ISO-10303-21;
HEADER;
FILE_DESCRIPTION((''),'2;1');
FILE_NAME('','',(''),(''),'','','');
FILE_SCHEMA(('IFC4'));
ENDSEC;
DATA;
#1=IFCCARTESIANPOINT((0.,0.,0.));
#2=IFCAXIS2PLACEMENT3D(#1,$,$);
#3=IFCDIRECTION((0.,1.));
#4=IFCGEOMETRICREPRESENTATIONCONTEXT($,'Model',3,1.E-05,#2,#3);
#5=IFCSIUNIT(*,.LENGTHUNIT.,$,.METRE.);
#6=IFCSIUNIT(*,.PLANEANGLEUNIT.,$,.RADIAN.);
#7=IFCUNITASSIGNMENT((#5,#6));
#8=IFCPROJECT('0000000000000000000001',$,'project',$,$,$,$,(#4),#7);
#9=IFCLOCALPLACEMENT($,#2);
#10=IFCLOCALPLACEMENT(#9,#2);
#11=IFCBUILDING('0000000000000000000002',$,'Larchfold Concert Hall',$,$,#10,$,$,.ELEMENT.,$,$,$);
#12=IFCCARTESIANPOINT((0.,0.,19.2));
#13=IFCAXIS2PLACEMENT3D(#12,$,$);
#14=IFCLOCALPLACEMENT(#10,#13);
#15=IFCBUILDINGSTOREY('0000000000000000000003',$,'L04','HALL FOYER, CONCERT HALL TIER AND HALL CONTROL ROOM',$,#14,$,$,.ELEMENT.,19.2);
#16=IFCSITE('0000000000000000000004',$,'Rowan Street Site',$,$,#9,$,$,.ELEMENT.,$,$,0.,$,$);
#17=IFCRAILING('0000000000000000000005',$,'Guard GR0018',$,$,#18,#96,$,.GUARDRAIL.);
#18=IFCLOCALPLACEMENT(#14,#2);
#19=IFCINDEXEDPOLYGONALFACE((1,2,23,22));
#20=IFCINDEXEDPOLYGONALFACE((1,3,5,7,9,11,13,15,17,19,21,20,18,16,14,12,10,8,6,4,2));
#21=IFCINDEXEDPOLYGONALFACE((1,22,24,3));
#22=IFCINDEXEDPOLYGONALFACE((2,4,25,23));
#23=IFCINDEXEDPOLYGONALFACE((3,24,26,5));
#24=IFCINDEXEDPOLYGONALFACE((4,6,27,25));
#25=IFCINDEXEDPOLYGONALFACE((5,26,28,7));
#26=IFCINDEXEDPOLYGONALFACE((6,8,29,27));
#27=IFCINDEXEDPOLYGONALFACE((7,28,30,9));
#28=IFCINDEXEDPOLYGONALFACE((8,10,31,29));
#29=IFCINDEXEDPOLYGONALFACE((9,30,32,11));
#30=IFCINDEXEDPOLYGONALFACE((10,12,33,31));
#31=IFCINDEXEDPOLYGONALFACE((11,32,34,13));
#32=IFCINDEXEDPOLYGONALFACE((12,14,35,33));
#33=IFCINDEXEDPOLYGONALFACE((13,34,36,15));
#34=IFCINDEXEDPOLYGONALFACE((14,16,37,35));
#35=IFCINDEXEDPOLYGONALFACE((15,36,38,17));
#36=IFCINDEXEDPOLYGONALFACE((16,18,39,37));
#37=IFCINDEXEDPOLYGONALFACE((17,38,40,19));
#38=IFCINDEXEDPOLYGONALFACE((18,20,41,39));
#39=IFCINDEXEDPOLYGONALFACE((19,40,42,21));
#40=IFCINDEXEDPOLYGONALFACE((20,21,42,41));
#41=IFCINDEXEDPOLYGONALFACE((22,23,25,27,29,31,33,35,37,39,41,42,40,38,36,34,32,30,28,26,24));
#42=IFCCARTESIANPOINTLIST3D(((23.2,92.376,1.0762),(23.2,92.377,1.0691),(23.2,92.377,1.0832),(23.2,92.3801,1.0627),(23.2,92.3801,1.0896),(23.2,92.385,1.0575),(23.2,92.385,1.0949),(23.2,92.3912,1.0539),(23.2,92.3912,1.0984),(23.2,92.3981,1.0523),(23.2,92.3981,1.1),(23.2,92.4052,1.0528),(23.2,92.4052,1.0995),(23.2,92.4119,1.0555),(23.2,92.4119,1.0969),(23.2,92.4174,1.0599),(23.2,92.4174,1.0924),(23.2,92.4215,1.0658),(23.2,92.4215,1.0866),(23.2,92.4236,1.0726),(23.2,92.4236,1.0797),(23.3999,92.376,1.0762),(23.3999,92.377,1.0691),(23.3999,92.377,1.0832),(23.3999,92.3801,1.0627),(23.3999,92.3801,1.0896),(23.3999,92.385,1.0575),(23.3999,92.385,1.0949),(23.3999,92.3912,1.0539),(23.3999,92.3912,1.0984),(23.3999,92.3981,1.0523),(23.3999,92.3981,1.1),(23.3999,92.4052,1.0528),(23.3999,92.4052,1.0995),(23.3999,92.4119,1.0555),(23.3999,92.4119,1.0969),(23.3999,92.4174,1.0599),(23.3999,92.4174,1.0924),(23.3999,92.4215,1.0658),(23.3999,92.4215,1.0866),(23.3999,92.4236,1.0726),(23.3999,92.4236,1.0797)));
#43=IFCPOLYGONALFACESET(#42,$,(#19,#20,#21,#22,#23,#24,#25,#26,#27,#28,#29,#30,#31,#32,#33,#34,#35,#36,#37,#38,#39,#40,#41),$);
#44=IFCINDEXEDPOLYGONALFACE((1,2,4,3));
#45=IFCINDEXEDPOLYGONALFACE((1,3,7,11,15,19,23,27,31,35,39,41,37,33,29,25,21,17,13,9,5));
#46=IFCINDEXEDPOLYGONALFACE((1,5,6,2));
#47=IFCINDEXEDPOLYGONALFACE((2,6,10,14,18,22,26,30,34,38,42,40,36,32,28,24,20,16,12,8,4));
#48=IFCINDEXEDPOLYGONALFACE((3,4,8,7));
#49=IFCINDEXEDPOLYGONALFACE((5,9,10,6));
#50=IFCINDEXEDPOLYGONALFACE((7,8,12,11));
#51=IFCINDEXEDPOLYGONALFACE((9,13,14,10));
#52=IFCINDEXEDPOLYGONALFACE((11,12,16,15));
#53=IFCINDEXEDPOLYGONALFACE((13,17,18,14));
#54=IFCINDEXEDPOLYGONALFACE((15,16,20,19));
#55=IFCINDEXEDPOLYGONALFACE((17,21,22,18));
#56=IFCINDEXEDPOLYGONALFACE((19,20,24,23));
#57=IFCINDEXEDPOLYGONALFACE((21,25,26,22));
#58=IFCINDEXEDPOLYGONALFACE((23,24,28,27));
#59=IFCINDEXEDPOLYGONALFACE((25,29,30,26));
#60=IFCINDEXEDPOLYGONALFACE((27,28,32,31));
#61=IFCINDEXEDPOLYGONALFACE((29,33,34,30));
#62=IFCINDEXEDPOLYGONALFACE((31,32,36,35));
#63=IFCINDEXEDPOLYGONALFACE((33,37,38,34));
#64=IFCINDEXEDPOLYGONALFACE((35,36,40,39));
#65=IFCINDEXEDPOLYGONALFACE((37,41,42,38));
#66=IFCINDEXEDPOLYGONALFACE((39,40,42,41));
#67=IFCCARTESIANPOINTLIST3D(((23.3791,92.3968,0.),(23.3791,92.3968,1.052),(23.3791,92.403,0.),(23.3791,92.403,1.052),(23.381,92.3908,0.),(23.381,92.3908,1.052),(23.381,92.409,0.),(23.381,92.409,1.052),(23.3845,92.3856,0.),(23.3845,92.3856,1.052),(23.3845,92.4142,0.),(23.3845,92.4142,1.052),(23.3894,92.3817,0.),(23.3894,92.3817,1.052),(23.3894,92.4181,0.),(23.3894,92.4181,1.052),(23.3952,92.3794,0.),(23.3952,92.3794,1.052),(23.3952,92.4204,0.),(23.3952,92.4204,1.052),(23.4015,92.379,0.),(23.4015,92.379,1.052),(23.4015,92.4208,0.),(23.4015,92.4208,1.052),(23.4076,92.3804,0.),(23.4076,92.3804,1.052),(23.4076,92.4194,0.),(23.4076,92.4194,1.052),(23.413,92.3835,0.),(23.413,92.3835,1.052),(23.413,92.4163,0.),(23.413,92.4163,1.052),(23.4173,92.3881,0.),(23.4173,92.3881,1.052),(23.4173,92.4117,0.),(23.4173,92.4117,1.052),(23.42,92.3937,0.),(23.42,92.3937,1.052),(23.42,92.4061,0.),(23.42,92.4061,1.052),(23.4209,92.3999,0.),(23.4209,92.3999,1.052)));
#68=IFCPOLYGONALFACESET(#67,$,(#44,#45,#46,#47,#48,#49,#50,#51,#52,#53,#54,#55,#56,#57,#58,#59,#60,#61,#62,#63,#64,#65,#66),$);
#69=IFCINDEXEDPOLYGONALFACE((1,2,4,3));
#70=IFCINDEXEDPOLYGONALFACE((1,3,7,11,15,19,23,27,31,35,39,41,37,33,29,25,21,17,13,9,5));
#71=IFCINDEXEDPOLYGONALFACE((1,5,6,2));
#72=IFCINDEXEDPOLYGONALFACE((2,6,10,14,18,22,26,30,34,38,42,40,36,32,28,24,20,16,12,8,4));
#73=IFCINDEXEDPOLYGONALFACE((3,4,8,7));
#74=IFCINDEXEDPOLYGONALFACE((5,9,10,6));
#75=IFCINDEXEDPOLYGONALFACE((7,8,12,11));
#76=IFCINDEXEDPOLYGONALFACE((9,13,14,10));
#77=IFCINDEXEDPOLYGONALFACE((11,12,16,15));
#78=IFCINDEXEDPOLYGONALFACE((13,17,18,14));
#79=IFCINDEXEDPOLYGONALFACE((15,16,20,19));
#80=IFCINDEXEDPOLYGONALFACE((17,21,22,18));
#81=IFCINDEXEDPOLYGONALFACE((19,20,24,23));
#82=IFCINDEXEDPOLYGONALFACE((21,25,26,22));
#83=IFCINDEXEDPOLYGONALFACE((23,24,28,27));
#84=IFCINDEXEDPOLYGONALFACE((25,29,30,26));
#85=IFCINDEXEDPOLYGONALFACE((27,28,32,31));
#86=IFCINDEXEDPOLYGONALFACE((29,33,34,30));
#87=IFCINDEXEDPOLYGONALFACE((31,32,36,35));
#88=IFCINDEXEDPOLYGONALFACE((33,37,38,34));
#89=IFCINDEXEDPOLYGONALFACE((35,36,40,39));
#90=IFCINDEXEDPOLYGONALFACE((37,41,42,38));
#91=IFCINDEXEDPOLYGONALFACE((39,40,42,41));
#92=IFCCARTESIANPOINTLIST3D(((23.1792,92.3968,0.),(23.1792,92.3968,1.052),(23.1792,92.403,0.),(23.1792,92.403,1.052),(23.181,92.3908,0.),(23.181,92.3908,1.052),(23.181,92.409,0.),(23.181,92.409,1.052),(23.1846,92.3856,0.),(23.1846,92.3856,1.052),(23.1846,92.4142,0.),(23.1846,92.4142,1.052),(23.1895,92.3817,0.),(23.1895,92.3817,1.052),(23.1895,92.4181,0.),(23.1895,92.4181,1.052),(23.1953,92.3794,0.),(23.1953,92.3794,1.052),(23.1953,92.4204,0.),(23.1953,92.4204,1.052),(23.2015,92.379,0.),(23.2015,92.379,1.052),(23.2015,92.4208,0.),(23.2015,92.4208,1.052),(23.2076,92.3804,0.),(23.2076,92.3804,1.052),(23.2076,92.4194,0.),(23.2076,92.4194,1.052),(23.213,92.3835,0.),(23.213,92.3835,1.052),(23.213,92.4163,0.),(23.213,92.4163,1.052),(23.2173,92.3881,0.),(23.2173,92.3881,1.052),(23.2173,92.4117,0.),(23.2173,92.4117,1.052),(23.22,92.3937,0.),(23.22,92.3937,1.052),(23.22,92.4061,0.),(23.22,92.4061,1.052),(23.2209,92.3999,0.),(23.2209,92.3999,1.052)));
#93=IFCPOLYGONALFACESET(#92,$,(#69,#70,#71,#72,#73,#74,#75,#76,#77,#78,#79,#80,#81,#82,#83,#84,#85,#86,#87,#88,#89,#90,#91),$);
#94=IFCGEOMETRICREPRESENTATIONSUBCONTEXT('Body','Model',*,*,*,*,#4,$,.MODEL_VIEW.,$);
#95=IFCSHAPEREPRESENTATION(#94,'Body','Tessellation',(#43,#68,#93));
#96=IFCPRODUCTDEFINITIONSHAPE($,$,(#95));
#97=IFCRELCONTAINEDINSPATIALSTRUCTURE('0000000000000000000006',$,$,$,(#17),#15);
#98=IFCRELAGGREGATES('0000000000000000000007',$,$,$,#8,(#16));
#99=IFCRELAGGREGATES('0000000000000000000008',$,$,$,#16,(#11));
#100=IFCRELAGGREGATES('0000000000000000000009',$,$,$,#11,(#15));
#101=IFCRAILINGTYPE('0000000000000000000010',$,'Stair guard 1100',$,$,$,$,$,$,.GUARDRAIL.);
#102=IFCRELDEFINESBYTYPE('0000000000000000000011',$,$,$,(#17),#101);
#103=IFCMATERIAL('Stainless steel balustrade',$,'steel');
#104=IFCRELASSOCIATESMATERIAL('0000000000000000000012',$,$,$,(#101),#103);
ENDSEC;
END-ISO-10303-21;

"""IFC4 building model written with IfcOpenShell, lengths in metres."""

from ifc_helpers import new_model, si_unit, direction, frame, origin, origin_2d, place, context, subcontext, project, spatial, circle, extrude, material, type_object, element, save


model = new_model("IFC4")

# Units and contexts
model_context = context("Model", 3, precision=1e-05, world=origin(), true_north=direction((0.0, 1.0)))
body_context = subcontext(model_context, "Body", "Model", "MODEL_VIEW")
ifc_project = project(units=[si_unit("LENGTHUNIT", "METRE"), si_unit("PLANEANGLEUNIT", "RADIAN")], contexts=[model_context])

# Site, building, storey
site_placement = place(None, origin())
site = spatial("IfcSite", under=ifc_project, at=site_placement, Name="Rowan Street Site", CompositionType="ELEMENT", RefElevation=0.0)
building_placement = place(site_placement, origin())
building = spatial("IfcBuilding", under=site, at=building_placement, Name="Larchfold Concert Hall", CompositionType="ELEMENT")
storey_placement = place(building_placement, frame((0.0, 0.0, 19.2)))
storey = spatial("IfcBuildingStorey", under=building, at=storey_placement, Name="L04", Description="HALL FOYER, CONCERT HALL TIER AND HALL CONTROL ROOM", CompositionType="ELEMENT", Elevation=19.2)

# Railing
ifc_material_1 = material(Name="Stainless steel balustrade", Category="steel")
railing_type_1 = type_object("IfcRailingType", Name="Stair guard 1100", PredefinedType="GUARDRAIL", material=ifc_material_1)
railing_1_placement = place(storey_placement, frame((23.3999, 92.3999, 0.0)))
element("IfcRailing", 1, at=railing_1_placement, inside=storey, type_object=railing_type_1, Name="Guard GR0018", PredefinedType="GUARDRAIL", context=body_context, shape_type="SweptSolid", body=[
    extrude(circle(Radius=0.0239, at=origin_2d()), frame((0.0, 0.0, 1.0762), z_axis=(-1.0, 0.0, 0.0), x_axis=(0.0, -1.0, 0.0)), (0.0, 0.0, 1.0), 0.2),
    extrude(circle(Radius=0.021, at=origin_2d()), origin(), (0.0, 0.0, 1.0), 1.052),
    extrude(circle(Radius=0.021, at=origin_2d()), frame((-0.2, 0.0, 0.0)), (0.0, 0.0, 1.0), 1.052),
])

save(model, "model.ifc")
